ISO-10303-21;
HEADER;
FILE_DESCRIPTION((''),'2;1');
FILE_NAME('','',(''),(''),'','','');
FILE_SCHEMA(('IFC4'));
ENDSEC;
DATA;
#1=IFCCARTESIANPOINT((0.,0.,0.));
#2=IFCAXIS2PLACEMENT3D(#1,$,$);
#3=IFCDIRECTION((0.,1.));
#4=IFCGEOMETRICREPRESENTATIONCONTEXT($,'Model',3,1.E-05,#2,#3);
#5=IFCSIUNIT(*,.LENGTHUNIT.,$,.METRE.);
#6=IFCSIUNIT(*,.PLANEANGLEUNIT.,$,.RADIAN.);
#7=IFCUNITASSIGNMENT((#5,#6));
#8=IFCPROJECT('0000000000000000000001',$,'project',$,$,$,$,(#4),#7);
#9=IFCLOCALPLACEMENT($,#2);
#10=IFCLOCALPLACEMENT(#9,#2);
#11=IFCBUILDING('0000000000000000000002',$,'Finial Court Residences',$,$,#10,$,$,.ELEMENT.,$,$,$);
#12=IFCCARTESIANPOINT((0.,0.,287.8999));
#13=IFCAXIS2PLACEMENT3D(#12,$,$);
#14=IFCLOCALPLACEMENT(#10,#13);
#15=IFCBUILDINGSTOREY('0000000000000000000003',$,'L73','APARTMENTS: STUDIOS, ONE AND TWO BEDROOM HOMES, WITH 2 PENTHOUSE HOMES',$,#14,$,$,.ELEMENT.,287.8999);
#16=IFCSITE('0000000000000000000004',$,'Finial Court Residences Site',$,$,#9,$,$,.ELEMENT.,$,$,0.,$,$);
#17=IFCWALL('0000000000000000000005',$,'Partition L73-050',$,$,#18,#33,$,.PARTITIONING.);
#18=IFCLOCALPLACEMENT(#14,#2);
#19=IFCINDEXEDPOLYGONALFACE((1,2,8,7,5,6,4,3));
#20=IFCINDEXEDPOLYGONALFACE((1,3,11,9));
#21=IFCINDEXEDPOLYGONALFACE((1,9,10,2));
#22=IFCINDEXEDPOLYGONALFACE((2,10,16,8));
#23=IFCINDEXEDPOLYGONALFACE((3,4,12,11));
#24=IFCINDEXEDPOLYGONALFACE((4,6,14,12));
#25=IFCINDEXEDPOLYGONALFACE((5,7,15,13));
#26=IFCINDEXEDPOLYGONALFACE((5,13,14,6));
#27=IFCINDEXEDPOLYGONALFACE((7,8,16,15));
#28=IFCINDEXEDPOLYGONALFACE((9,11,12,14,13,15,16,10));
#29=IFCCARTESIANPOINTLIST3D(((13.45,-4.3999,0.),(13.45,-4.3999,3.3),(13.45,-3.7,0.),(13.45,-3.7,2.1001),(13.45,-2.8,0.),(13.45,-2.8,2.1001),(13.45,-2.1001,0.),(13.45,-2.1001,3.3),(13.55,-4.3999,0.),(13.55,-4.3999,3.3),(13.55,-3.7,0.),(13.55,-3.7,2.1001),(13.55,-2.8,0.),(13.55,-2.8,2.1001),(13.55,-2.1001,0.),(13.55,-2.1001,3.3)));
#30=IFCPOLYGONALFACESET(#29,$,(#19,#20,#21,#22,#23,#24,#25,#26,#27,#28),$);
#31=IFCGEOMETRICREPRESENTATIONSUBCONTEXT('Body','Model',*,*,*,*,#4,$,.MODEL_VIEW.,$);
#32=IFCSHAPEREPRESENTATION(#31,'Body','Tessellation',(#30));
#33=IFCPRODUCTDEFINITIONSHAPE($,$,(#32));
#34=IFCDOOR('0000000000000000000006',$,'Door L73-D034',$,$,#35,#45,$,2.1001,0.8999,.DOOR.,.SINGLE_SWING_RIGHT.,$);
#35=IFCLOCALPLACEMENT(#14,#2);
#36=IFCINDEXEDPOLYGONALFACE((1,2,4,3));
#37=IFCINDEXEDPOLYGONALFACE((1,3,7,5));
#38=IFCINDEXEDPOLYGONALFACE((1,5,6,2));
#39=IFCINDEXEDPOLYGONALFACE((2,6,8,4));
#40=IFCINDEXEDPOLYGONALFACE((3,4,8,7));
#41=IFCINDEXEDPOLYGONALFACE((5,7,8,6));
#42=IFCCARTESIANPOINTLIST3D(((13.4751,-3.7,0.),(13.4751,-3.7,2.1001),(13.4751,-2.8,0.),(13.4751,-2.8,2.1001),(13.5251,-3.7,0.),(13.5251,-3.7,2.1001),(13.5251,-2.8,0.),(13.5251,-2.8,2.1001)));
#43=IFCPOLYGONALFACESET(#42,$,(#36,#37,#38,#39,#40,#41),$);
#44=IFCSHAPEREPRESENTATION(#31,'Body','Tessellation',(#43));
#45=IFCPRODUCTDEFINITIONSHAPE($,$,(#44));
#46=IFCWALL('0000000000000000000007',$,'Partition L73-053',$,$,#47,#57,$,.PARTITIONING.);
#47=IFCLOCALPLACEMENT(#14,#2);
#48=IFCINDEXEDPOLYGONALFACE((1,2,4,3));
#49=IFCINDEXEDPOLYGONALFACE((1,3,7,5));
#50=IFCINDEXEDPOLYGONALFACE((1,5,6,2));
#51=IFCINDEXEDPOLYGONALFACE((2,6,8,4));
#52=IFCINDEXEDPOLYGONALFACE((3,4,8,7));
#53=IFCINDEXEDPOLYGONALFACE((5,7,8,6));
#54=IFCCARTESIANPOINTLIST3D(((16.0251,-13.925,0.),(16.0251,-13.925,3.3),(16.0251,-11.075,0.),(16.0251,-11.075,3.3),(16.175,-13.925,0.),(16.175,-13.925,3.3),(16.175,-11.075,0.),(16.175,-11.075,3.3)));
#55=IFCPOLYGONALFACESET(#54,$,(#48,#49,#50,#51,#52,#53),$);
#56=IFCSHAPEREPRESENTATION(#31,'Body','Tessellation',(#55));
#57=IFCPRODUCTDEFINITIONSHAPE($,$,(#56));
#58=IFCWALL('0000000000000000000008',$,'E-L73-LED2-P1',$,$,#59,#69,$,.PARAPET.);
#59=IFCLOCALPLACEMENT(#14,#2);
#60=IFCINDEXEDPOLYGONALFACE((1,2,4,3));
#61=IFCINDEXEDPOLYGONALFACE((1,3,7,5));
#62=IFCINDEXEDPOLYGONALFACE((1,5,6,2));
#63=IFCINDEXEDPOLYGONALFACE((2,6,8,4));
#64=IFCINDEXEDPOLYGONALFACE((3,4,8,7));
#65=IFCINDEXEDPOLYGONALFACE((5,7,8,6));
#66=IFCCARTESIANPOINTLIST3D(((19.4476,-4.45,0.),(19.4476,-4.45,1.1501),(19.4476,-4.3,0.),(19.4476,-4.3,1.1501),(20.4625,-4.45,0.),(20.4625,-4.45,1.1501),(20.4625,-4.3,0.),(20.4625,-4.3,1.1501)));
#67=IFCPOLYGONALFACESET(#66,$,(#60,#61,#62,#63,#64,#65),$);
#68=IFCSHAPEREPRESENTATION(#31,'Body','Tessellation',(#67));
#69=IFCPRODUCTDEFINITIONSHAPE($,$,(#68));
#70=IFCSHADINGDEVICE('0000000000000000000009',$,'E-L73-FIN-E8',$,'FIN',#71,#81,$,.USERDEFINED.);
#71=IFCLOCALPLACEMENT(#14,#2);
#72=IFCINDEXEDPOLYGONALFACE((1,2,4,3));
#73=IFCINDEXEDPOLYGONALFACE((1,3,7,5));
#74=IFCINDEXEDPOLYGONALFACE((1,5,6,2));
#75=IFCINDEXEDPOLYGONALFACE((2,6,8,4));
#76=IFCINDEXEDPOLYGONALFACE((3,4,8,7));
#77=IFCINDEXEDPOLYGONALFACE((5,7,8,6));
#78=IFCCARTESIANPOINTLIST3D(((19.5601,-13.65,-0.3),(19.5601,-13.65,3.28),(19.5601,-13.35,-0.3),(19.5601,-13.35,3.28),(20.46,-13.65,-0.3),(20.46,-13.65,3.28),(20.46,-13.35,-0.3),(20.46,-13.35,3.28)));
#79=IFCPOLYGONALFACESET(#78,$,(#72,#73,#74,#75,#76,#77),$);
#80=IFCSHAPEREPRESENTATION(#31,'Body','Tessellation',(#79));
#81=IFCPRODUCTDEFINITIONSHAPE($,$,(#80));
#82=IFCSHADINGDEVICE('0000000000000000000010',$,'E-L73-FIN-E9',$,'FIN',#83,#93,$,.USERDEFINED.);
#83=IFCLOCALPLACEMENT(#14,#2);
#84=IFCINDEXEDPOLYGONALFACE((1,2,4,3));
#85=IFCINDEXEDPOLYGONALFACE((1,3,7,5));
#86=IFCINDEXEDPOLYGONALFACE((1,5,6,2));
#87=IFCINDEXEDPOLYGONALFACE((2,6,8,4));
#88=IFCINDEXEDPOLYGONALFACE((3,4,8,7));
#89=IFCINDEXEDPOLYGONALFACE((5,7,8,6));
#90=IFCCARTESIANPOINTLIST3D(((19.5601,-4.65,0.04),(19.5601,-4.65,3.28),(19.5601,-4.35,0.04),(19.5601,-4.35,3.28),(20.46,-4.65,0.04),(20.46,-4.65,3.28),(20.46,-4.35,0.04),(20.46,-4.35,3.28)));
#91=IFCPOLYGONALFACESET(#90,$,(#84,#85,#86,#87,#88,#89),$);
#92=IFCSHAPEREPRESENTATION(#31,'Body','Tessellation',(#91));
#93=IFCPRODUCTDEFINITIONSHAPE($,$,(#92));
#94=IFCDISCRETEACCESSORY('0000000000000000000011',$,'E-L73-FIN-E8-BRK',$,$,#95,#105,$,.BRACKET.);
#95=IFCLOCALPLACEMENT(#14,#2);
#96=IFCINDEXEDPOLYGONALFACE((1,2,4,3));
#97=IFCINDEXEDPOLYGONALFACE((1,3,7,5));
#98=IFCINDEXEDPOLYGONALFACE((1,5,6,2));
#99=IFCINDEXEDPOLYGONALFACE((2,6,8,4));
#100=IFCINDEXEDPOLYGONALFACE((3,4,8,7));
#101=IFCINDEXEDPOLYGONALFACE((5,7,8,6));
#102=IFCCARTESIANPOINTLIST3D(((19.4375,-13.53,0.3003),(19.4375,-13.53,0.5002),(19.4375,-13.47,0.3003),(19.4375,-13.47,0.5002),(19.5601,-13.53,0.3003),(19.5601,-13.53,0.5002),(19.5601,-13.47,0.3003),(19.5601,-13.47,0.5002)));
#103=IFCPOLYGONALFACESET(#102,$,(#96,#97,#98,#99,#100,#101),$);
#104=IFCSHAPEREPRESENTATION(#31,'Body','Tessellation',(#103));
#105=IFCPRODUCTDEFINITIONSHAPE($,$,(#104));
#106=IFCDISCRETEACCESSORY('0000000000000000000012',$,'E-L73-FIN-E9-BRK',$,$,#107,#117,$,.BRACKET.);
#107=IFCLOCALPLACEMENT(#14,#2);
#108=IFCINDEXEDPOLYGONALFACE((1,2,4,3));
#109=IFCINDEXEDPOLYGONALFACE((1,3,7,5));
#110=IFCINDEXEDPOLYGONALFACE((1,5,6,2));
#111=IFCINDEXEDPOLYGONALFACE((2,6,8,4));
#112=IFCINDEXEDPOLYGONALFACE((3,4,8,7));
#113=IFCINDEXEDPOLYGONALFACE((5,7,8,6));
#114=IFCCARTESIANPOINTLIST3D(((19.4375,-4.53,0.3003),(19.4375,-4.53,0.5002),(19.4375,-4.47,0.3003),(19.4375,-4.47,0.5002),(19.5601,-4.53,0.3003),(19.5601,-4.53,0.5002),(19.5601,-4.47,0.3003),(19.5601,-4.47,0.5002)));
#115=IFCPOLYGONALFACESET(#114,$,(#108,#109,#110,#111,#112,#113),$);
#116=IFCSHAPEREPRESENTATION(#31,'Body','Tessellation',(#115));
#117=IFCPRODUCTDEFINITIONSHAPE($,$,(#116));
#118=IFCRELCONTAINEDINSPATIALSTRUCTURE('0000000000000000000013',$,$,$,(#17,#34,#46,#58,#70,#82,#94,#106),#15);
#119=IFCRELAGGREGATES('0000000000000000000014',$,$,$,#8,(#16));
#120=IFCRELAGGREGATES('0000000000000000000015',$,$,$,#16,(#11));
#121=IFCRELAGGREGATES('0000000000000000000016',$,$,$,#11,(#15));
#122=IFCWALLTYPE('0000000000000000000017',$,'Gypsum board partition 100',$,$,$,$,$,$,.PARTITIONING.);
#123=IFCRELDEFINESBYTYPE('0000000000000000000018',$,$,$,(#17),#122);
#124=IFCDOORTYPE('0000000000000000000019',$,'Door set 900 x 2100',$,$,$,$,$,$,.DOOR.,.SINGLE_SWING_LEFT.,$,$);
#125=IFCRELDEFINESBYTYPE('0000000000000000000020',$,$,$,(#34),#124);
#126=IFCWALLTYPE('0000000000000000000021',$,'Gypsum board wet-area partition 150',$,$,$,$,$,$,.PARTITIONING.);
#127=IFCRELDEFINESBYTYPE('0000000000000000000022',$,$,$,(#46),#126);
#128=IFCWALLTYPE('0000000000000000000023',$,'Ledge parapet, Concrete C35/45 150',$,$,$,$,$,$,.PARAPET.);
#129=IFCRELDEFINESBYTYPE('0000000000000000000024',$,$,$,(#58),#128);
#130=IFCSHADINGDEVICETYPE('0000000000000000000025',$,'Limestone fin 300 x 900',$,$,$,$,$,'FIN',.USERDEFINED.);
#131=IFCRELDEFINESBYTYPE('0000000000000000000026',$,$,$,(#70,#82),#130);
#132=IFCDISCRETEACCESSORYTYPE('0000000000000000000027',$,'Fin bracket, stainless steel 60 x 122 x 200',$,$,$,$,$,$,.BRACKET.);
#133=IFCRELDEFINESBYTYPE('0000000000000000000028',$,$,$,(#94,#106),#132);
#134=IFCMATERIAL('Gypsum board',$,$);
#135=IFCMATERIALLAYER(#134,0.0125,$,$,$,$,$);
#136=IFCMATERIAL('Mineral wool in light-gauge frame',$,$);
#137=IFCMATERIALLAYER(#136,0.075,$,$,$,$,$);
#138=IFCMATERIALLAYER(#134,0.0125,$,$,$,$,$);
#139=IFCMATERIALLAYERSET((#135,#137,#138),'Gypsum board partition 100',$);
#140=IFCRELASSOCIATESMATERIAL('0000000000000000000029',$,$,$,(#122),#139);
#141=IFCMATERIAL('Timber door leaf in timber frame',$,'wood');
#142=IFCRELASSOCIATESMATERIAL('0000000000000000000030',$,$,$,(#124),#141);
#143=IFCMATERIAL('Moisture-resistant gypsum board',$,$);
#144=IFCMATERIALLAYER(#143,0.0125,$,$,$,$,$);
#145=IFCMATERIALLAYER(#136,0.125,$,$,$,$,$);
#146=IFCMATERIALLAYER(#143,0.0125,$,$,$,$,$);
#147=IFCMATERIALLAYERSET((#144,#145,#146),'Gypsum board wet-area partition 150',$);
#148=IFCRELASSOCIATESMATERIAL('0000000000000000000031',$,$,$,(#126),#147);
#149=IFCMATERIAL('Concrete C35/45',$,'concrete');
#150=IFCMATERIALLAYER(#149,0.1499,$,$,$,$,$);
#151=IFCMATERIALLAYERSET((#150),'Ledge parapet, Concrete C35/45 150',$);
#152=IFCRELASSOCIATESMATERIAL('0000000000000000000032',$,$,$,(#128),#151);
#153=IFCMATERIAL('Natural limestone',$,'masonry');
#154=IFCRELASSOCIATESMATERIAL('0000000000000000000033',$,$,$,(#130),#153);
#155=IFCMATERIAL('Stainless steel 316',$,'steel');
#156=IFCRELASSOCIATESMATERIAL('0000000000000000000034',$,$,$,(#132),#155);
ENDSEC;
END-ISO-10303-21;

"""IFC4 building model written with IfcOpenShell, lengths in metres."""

from ifc_helpers import new_model, si_unit, direction, frame, frame_2d, origin, origin_2d, place, context, subcontext, project, spatial, rectangle, extrude, material, layer, layer_set, type_object, element, fill, save


model = new_model("IFC4")

# Units and contexts
model_context = context("Model", 3, precision=1e-05, world=origin(), true_north=direction((0.0, 1.0)))
body_context = subcontext(model_context, "Body", "Model", "MODEL_VIEW")
ifc_project = project(units=[si_unit("LENGTHUNIT", "METRE"), si_unit("PLANEANGLEUNIT", "RADIAN")], contexts=[model_context])

# Site, building, storey
site_placement = place(None, origin())
site = spatial("IfcSite", under=ifc_project, at=site_placement, Name="Finial Court Residences Site", CompositionType="ELEMENT", RefElevation=0.0)
building_placement = place(site_placement, origin())
building = spatial("IfcBuilding", under=site, at=building_placement, Name="Finial Court Residences", CompositionType="ELEMENT")
storey_placement = place(building_placement, frame((0.0, 0.0, 287.8999)))
storey = spatial("IfcBuildingStorey", under=building, at=storey_placement, Name="L73", Description="APARTMENTS: STUDIOS, ONE AND TWO BEDROOM HOMES, WITH 2 PENTHOUSE HOMES", CompositionType="ELEMENT", Elevation=287.8999)

# Wall, opening, door
ifc_material_1 = material(Name="Gypsum board")
ifc_layer_1 = layer(ifc_material_1, 0.0125)
ifc_material_2 = material(Name="Mineral wool in light-gauge frame")
ifc_layer_2 = layer(ifc_material_2, 0.075)
ifc_layer_3 = layer(ifc_material_1, 0.0125)
ifc_layer_set_1 = layer_set([ifc_layer_1, ifc_layer_2, ifc_layer_3], Name="Gypsum board partition 100")
wall_type_1 = type_object("IfcWallType", Name="Gypsum board partition 100", PredefinedType="PARTITIONING", material=ifc_layer_set_1)
wall_1_placement = place(storey_placement, frame((13.5, -4.3999, 0.0), z_axis=(0.0, 0.0, 1.0), x_axis=(0.0, 1.0, 0.0)))
wall_1 = element("IfcWall", 1, at=wall_1_placement, inside=storey, type_object=wall_type_1, Name="Partition L73-050", PredefinedType="PARTITIONING", context=body_context, shape_type="SweptSolid", body=[
    extrude(rectangle(XDim=2.2998, YDim=0.1001, at=frame_2d((1.1499, 0.0))), origin(), (0.0, 0.0, 1.0), 3.3),
])
opening_1_placement = place(wall_1_placement, frame((0.7, 0.0, 0.0)))
opening_1 = element("IfcOpeningElement", 2, at=opening_1_placement, cuts=wall_1, PredefinedType="OPENING", context=body_context, shape_type="SweptSolid", body=[
    extrude(rectangle(XDim=0.8999, YDim=2.1001, at=frame_2d((0.45, 1.05))), frame((0.0, 0.0601, 0.0), z_axis=(0.0, -1.0, 0.0), x_axis=(1.0, 0.0, 0.0)), (0.0, 0.0, 1.0), 0.1201),
])
ifc_material_3 = material(Name="Timber door leaf in timber frame", Category="wood")
door_type_1 = type_object("IfcDoorType", Name="Door set 900 x 2100", OperationType="SINGLE_SWING_LEFT", PredefinedType="DOOR", material=ifc_material_3)
door_1_placement = place(opening_1_placement, origin())
door_1 = element("IfcDoor", 3, at=door_1_placement, inside=storey, type_object=door_type_1, Name="Door L73-D034", OperationType="SINGLE_SWING_RIGHT", OverallHeight=2.1001, OverallWidth=0.8999, PredefinedType="DOOR", context=body_context, shape_type="SweptSolid", body=[
    extrude(rectangle(XDim=0.8999, YDim=2.1001, at=frame_2d((0.45, 1.05))), frame((0.0, 0.0249, 0.0), z_axis=(0.0, -1.0, 0.0), x_axis=(1.0, 0.0, 0.0)), (0.0, 0.0, 1.0), 0.05),
])
fill(opening_1, door_1)

# Walls
ifc_material_4 = material(Name="Moisture-resistant gypsum board")
ifc_layer_4 = layer(ifc_material_4, 0.0125)
ifc_layer_5 = layer(ifc_material_2, 0.125)
ifc_layer_6 = layer(ifc_material_4, 0.0125)
ifc_layer_set_2 = layer_set([ifc_layer_4, ifc_layer_5, ifc_layer_6], Name="Gypsum board wet-area partition 150")
wall_type_2 = type_object("IfcWallType", Name="Gypsum board wet-area partition 150", PredefinedType="PARTITIONING", material=ifc_layer_set_2)
wall_2_placement = place(storey_placement, frame((16.1001, -13.925, 0.0), z_axis=(0.0, 0.0, 1.0), x_axis=(0.0, 1.0, 0.0)))
element("IfcWall", 4, at=wall_2_placement, inside=storey, type_object=wall_type_2, Name="Partition L73-053", PredefinedType="PARTITIONING", context=body_context, shape_type="SweptSolid", body=[
    extrude(rectangle(XDim=2.8501, YDim=0.1499, at=frame_2d((1.425, 0.0))), origin(), (0.0, 0.0, 1.0), 3.3),
])
ifc_material_5 = material(Name="Concrete C35/45", Category="concrete")
ifc_layer_7 = layer(ifc_material_5, 0.1499)
ifc_layer_set_3 = layer_set([ifc_layer_7], Name="Ledge parapet, Concrete C35/45 150")
wall_type_3 = type_object("IfcWallType", Name="Ledge parapet, Concrete C35/45 150", PredefinedType="PARAPET", material=ifc_layer_set_3)
wall_3_placement = place(storey_placement, frame((20.4624, -4.375, 0.0), z_axis=(0.0, 0.0, 1.0), x_axis=(-1.0, 0.0, 0.0)))
element("IfcWall", 5, at=wall_3_placement, inside=storey, type_object=wall_type_3, Name="E-L73-LED2-P1", PredefinedType="PARAPET", context=body_context, shape_type="SweptSolid", body=[
    extrude(rectangle(XDim=1.0149, YDim=0.1499, at=frame_2d((0.5073, 0.0))), origin(), (0.0, 0.0, 1.0), 1.1501),
])

# Shading devices
ifc_material_6 = material(Name="Natural limestone", Category="masonry")
shading_device_type = type_object("IfcShadingDeviceType", Name="Limestone fin 300 x 900", ElementType="FIN", PredefinedType="USERDEFINED", material=ifc_material_6)
shading_device_1_placement = place(storey_placement, frame((20.01, -13.5, -0.3), z_axis=(0.0, 0.0, 1.0), x_axis=(1.0, 0.0, 0.0)))
element("IfcShadingDevice", 6, at=shading_device_1_placement, inside=storey, type_object=shading_device_type, Name="E-L73-FIN-E8", ObjectType="FIN", PredefinedType="USERDEFINED", context=body_context, shape_type="SweptSolid", body=[
    extrude(rectangle(XDim=0.8999, YDim=0.3, at=origin_2d()), origin(), (0.0, 0.0, 1.0), 3.5801),
])
shading_device_2_placement = place(storey_placement, frame((20.01, -4.5, 0.04), z_axis=(0.0, 0.0, 1.0), x_axis=(1.0, 0.0, 0.0)))
element("IfcShadingDevice", 7, at=shading_device_2_placement, inside=storey, type_object=shading_device_type, Name="E-L73-FIN-E9", ObjectType="FIN", PredefinedType="USERDEFINED", context=body_context, shape_type="SweptSolid", body=[
    extrude(rectangle(XDim=0.8999, YDim=0.3, at=origin_2d()), origin(), (0.0, 0.0, 1.0), 3.24),
])

# Discrete accessories
ifc_material_7 = material(Name="Stainless steel 316", Category="steel")
discrete_accessory_type = type_object("IfcDiscreteAccessoryType", Name="Fin bracket, stainless steel 60 x 122 x 200", PredefinedType="BRACKET", material=ifc_material_7)
for number, where, z_axis, x_axis, name in (
    (8, (19.4988, -13.5, 0.3003), (0.0, 0.0, 1.0), (1.0, 0.0, 0.0), "E-L73-FIN-E8-BRK"),
    (9, (19.4988, -4.5, 0.3003), (0.0, 0.0, 1.0), (1.0, 0.0, 0.0), "E-L73-FIN-E9-BRK"),
):
    element("IfcDiscreteAccessory", number, at=place(storey_placement, frame(where, z_axis=z_axis, x_axis=x_axis)), inside=storey, type_object=discrete_accessory_type, Name=name, PredefinedType="BRACKET", context=body_context, shape_type="SweptSolid", body=[
        extrude(rectangle(XDim=0.1226, YDim=0.0601, at=origin_2d()), origin(), (0.0, 0.0, 1.0), 0.2),
    ])

save(model, "model.ifc")
